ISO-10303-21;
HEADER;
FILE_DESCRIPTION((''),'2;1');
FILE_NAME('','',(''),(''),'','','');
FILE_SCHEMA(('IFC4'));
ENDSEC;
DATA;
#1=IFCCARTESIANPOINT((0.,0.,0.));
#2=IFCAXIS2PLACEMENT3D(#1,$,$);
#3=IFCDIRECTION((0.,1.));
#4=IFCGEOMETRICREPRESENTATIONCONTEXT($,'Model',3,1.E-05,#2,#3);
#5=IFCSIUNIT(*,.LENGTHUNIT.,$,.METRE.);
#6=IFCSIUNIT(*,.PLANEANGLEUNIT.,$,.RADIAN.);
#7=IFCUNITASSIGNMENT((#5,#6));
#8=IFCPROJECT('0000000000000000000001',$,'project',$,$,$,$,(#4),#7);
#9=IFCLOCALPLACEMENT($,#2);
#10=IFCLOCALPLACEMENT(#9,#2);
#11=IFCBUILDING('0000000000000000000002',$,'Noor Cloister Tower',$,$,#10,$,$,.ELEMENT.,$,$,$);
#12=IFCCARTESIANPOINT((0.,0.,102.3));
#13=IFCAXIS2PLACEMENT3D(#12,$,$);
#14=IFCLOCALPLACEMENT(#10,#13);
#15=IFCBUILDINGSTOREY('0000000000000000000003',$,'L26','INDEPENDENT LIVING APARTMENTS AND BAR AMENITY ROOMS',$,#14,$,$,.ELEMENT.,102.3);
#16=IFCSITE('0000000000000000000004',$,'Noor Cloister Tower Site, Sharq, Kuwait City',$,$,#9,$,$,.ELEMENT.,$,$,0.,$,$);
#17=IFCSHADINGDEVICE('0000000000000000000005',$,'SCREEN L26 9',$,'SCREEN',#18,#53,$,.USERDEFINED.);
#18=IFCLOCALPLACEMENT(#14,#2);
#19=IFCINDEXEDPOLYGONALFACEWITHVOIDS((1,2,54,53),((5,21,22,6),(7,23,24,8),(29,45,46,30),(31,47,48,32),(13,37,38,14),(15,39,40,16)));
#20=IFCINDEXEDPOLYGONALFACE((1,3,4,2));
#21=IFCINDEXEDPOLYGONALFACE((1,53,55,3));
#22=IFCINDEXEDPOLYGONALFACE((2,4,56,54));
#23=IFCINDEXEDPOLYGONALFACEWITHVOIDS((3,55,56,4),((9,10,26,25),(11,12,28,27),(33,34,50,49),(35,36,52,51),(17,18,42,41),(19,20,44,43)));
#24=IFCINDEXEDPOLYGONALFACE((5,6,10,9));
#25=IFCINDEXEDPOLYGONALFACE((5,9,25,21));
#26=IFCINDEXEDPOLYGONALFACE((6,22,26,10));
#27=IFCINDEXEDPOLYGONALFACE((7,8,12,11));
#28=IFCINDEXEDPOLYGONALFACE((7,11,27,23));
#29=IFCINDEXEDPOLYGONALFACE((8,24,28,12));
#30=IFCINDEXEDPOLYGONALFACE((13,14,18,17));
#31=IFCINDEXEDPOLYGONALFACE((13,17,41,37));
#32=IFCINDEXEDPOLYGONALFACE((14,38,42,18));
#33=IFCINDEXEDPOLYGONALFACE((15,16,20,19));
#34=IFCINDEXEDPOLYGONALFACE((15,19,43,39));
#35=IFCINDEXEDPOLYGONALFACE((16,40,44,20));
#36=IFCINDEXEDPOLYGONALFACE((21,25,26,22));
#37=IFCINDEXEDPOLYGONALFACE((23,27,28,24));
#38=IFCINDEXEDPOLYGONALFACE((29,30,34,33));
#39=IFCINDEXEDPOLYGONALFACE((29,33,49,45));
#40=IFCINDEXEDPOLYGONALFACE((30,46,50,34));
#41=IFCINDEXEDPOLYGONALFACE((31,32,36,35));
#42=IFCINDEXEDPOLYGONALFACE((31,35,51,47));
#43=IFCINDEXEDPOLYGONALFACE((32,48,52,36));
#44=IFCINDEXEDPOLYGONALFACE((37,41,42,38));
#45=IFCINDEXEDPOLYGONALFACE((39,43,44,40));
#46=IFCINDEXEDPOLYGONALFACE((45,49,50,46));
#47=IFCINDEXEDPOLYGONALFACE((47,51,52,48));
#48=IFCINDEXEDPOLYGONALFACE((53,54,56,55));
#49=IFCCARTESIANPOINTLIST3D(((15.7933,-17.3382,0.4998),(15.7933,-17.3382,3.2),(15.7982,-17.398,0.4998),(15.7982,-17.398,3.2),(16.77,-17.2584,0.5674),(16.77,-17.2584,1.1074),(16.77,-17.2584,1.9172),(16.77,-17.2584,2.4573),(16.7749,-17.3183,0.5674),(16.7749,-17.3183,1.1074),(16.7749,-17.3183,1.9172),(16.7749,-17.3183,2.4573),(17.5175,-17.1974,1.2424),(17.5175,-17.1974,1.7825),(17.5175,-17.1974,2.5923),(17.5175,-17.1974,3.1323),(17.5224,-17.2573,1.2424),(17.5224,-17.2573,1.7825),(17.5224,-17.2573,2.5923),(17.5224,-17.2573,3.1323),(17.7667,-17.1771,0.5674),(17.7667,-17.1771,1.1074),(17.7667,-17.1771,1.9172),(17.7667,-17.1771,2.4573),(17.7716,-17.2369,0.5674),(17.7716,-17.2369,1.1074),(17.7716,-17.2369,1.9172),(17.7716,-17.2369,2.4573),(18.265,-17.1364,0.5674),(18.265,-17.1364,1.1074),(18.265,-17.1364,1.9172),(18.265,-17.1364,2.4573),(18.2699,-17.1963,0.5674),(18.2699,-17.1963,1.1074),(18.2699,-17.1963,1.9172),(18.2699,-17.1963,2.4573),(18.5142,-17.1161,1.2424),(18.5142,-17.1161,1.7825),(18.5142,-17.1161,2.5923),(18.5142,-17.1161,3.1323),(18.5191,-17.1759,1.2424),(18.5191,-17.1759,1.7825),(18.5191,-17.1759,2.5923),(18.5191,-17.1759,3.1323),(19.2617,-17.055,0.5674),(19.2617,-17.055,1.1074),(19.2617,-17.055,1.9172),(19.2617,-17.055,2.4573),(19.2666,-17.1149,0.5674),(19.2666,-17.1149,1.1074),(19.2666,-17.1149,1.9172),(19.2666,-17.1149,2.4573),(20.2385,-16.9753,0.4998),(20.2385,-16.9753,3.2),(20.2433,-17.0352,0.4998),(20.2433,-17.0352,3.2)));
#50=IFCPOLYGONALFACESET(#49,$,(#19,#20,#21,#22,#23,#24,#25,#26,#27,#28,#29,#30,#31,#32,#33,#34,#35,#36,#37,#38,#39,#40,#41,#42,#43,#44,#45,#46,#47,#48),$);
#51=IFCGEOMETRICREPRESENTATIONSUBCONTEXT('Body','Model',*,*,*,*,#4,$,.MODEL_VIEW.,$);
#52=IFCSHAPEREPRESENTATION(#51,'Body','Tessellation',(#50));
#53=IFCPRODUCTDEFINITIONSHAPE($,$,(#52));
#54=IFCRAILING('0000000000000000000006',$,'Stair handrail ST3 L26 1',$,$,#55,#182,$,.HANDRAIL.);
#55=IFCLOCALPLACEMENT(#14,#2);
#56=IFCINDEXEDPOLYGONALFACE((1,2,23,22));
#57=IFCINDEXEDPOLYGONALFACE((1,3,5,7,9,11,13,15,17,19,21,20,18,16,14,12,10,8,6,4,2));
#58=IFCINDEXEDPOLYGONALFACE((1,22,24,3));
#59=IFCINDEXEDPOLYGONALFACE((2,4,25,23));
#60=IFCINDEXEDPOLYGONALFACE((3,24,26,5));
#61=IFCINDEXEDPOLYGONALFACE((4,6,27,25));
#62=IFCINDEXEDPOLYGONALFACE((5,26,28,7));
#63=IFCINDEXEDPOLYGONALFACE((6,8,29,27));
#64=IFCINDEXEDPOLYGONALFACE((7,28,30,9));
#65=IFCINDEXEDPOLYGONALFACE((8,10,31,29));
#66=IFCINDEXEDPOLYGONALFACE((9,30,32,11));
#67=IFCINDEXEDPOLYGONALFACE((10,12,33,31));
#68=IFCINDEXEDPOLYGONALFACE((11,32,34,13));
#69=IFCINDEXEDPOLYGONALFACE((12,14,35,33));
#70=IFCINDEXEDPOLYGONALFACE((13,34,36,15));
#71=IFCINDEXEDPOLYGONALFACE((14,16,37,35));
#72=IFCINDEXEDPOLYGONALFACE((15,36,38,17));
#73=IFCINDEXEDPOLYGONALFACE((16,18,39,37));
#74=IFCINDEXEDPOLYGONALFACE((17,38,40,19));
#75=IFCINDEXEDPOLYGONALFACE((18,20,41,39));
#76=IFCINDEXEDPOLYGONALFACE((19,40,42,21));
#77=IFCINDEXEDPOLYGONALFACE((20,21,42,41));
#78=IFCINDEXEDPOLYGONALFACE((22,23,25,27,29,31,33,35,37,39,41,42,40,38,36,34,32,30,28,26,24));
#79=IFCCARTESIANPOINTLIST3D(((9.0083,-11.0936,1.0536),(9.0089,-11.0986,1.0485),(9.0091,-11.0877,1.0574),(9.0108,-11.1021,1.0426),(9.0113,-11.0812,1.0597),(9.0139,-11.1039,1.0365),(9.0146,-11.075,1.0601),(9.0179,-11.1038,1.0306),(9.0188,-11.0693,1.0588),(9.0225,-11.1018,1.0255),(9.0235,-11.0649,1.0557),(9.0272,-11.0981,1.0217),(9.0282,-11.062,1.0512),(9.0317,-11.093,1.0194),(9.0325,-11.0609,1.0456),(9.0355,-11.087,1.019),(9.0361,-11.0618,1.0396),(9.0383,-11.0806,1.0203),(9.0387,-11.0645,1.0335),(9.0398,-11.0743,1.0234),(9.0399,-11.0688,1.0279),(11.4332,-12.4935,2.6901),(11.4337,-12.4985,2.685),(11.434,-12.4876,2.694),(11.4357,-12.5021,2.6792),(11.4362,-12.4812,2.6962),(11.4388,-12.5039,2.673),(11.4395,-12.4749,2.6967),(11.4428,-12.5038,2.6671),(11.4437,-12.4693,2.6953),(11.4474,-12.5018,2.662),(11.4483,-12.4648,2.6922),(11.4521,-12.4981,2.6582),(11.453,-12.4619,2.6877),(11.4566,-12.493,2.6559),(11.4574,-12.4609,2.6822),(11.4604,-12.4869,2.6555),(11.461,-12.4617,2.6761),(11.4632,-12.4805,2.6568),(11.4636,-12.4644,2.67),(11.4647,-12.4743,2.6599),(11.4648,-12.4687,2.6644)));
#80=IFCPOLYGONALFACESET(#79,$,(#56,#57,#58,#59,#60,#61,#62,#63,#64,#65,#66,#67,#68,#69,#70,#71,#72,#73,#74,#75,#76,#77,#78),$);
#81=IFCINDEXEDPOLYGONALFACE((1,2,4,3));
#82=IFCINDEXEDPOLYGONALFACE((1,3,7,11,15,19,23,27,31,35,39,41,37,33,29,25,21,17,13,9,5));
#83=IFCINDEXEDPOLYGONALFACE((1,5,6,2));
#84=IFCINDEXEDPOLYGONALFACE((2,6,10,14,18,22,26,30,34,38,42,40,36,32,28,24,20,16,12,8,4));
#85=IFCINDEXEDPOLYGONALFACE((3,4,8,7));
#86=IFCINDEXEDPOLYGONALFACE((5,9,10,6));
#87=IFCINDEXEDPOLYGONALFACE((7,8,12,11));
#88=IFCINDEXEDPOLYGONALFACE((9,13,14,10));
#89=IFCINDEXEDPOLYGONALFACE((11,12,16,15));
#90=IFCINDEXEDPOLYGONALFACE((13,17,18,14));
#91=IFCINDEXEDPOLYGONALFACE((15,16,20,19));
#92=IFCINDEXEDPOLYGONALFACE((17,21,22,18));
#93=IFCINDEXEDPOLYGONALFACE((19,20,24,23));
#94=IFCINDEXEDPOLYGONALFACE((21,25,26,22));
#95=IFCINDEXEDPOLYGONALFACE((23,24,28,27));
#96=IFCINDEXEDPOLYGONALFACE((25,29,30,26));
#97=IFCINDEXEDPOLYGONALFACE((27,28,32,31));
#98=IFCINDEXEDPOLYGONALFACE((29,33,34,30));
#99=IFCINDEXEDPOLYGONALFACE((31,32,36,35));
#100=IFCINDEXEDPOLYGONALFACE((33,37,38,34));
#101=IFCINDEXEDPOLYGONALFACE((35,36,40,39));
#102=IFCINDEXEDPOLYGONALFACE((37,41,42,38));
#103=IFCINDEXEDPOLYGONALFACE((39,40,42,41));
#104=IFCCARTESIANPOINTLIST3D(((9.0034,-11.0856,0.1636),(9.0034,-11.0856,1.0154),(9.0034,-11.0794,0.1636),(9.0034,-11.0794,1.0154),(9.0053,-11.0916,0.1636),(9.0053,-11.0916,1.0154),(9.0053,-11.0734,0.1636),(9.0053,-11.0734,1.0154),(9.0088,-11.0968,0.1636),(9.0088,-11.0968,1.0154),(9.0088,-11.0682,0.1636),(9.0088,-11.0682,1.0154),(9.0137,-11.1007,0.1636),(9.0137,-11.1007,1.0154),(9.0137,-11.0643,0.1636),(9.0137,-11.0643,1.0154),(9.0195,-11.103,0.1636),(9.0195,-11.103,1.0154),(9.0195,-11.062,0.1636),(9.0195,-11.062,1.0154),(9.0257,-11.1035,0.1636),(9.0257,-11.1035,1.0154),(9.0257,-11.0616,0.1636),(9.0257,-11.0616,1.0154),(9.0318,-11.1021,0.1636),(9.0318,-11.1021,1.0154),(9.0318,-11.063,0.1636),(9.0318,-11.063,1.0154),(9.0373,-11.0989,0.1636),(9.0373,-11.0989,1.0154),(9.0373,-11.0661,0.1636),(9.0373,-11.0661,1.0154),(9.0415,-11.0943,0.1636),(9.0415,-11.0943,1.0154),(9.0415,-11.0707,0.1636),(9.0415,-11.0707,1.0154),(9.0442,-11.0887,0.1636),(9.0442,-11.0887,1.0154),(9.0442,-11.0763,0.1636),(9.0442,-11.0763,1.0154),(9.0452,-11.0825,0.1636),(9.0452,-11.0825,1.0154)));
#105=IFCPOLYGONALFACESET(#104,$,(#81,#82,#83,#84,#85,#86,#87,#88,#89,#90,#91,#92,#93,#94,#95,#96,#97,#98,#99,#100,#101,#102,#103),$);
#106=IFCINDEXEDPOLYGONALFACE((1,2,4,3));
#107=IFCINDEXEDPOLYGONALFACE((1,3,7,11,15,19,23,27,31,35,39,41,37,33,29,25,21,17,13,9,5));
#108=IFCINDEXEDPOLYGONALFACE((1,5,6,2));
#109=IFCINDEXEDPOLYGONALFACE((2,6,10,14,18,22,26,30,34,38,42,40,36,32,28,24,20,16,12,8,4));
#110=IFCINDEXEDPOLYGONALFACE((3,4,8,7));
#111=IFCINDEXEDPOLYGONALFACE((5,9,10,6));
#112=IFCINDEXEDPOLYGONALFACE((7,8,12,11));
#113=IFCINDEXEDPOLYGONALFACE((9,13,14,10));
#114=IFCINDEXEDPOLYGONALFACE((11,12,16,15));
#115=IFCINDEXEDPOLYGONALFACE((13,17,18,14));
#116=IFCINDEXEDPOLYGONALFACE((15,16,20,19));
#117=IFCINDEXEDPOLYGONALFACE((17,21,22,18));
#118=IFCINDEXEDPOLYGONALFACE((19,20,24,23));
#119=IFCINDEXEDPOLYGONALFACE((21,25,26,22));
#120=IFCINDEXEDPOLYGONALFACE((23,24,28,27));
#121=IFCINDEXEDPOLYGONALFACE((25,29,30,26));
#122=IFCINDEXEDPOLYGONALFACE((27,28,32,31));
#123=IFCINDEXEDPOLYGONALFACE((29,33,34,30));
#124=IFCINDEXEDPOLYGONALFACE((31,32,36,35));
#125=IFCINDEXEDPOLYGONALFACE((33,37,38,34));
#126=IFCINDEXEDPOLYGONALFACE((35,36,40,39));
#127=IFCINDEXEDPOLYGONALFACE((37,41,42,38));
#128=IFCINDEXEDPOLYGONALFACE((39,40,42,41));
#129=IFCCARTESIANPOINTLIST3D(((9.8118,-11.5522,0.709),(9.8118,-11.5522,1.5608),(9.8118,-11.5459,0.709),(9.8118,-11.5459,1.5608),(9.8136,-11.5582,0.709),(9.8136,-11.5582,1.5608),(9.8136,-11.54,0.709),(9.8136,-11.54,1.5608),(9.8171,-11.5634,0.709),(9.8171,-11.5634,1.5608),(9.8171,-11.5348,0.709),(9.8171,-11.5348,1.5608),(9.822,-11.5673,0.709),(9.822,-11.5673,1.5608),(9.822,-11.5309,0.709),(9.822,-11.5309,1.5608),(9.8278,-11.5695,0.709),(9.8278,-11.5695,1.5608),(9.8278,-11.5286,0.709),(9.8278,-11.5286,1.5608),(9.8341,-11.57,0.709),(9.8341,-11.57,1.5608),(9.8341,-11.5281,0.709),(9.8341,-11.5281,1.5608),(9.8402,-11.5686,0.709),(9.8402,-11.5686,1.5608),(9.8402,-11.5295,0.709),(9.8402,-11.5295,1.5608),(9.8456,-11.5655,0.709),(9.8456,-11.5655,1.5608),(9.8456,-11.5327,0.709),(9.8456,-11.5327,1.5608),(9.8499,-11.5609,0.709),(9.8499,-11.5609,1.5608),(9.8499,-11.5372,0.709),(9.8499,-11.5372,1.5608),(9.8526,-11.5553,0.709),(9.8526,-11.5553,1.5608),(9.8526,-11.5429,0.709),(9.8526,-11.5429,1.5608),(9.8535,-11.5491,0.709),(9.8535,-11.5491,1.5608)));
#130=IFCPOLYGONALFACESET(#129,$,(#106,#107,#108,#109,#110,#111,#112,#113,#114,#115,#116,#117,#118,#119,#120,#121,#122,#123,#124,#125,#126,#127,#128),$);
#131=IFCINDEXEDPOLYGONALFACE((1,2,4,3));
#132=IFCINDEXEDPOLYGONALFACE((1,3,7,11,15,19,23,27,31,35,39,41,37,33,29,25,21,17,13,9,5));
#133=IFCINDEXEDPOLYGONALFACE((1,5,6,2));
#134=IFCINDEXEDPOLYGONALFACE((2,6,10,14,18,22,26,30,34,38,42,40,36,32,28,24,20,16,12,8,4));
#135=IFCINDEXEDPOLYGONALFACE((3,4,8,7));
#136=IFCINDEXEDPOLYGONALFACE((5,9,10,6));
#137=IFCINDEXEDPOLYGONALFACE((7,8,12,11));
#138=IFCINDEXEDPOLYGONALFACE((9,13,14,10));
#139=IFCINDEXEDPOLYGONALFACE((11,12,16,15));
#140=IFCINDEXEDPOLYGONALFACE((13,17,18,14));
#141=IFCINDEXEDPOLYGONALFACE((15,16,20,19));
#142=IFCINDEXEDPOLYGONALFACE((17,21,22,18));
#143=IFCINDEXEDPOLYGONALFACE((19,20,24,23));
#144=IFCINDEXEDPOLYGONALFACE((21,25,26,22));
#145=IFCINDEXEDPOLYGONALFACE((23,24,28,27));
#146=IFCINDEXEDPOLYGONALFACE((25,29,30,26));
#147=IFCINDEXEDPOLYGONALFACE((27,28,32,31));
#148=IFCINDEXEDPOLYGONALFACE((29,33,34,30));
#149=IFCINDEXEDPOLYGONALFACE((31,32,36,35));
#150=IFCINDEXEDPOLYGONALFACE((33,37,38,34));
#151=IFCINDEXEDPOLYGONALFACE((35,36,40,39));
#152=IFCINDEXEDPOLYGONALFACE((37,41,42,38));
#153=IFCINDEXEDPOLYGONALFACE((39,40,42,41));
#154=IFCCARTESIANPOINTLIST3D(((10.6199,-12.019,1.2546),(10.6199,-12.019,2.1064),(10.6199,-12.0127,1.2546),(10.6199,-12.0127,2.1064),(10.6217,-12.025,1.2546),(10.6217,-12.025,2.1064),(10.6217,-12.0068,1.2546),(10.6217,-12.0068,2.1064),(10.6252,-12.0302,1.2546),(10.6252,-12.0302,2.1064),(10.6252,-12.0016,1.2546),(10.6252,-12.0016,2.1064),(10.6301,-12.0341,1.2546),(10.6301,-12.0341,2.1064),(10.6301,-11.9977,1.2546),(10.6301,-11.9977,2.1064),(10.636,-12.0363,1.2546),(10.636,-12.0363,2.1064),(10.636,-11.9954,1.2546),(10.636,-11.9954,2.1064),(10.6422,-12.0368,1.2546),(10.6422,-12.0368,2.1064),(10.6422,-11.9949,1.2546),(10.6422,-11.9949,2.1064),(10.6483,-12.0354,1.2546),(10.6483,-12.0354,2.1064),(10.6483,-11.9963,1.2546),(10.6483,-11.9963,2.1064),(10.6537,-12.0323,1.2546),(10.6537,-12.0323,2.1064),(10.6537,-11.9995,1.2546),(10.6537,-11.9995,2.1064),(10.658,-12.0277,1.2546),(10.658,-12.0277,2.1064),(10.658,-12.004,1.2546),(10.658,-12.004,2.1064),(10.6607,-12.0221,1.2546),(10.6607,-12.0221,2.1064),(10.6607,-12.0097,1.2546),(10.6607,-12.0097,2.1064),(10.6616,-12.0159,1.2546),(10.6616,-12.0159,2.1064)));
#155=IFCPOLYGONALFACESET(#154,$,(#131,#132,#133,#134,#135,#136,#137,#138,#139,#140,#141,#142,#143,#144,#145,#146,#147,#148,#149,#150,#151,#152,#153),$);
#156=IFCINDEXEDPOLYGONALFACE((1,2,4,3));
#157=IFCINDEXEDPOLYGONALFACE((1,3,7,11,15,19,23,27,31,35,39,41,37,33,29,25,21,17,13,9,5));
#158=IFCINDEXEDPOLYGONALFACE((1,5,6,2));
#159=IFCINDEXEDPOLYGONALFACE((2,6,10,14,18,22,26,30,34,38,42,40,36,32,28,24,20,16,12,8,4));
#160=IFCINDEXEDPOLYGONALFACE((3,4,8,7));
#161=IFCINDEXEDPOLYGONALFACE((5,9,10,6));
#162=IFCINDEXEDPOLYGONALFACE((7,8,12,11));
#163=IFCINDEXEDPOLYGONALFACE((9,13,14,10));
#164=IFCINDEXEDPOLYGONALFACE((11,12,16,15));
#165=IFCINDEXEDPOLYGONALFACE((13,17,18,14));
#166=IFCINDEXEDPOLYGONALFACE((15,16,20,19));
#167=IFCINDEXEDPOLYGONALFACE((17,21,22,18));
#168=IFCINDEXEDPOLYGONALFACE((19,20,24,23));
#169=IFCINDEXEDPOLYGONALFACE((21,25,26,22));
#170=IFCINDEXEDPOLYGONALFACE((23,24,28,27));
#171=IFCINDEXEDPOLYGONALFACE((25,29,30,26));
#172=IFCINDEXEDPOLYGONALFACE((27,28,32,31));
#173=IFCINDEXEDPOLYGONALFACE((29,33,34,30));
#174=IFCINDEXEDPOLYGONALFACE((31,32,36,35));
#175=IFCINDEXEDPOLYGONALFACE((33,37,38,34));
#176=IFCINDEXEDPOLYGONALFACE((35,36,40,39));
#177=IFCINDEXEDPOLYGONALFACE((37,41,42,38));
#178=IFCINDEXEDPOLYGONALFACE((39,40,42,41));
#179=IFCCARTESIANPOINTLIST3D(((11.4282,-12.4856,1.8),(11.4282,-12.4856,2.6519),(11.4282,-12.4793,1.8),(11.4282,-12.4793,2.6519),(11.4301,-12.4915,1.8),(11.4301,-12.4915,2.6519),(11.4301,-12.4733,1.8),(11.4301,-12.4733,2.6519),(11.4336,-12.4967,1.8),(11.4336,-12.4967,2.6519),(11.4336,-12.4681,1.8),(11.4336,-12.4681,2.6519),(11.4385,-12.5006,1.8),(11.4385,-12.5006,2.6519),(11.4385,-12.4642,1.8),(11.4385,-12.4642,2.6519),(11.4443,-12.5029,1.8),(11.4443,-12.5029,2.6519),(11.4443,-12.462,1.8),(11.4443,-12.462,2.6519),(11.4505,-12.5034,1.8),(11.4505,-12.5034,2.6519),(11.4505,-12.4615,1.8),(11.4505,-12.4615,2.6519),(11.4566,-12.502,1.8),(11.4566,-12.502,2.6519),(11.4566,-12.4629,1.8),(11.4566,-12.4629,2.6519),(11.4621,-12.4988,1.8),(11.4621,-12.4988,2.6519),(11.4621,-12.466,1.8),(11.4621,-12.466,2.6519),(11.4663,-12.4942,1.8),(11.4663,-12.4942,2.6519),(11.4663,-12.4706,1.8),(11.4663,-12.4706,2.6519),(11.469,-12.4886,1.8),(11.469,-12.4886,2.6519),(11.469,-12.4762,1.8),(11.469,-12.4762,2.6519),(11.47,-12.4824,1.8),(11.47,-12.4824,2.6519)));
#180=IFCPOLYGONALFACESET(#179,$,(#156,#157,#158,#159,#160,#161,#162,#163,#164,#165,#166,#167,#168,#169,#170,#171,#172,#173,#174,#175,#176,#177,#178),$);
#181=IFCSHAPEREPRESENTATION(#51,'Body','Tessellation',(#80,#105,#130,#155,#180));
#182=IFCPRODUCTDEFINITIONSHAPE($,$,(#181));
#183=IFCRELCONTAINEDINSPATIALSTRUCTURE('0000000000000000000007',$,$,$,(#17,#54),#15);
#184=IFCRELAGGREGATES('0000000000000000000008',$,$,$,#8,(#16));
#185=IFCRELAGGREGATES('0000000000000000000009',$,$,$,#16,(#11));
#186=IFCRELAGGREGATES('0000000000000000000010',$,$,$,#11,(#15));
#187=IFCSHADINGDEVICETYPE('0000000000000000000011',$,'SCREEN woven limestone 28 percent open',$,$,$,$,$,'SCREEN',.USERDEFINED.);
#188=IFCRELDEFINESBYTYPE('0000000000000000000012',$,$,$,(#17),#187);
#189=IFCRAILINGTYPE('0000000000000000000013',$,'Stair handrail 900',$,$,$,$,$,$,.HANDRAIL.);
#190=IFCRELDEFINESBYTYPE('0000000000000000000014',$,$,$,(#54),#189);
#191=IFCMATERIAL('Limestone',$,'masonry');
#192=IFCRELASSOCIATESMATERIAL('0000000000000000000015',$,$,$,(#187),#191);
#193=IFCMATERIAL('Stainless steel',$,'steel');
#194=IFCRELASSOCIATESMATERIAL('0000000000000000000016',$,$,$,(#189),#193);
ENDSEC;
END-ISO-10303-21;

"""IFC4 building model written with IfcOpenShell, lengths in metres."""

from ifc_helpers import new_model, si_unit, direction, frame, origin, origin_2d, place, context, subcontext, project, spatial, polyline, circle, outline, extrude, material, material_profile, profile_set, type_object, element, save


model = new_model("IFC4")

# Units and contexts
model_context = context("Model", 3, precision=1e-05, world=origin(), true_north=direction((0.0, 1.0)))
body_context = subcontext(model_context, "Body", "Model", "MODEL_VIEW")
ifc_project = project(units=[si_unit("LENGTHUNIT", "METRE"), si_unit("PLANEANGLEUNIT", "RADIAN")], contexts=[model_context])

# Site, building, storey
site_placement = place(None, origin())
site = spatial("IfcSite", under=ifc_project, at=site_placement, Name="Noor Cloister Tower Site, Sharq, Kuwait City", CompositionType="ELEMENT", RefElevation=0.0)
building_placement = place(site_placement, origin())
building = spatial("IfcBuilding", under=site, at=building_placement, Name="Noor Cloister Tower", CompositionType="ELEMENT")
storey_placement = place(building_placement, frame((0.0, 0.0, 102.3)))
storey = spatial("IfcBuildingStorey", under=building, at=storey_placement, Name="L26", Description="INDEPENDENT LIVING APARTMENTS AND BAR AMENITY ROOMS", CompositionType="ELEMENT", Elevation=102.3)

# Shading device
ifc_material_1 = material(Name="Limestone", Category="masonry")
ifc_material_profile_1 = material_profile(ifc_material_1, outline(polyline([(-2.23, -1.3501), (2.23, -1.3501), (2.23, 1.3501), (-2.23, 1.3501), (-2.23, -1.3501)]), holes=[polyline([(-1.25, -1.2825), (-0.25, -1.2825), (-0.25, -0.7424), (-1.25, -0.7424), (-1.25, -1.2825)]), polyline([(0.25, -1.2825), (1.25, -1.2825), (1.25, -0.7424), (0.25, -0.7424), (0.25, -1.2825)]), polyline([(-0.5, -0.6074), (0.5, -0.6074), (0.5, -0.0674), (-0.5, -0.0674), (-0.5, -0.6074)]), polyline([(-1.25, 0.0674), (-0.25, 0.0674), (-0.25, 0.6074), (-1.25, 0.6074), (-1.25, 0.0674)]), polyline([(0.25, 0.0674), (1.25, 0.0674), (1.25, 0.6074), (0.25, 0.6074), (0.25, 0.0674)]), polyline([(-0.5, 0.7424), (0.5, 0.7424), (0.5, 1.2825), (-0.5, 1.2825), (-0.5, 0.7424)])]), Name="Woven screen 28 percent open")
ifc_profile_set_1 = profile_set([ifc_material_profile_1], Name="Limestone")
shading_device_type = type_object("IfcShadingDeviceType", Name="SCREEN woven limestone 28 percent open", ElementType="SCREEN", PredefinedType="USERDEFINED", material=ifc_profile_set_1)
shading_device_1_placement = place(storey_placement, frame((18.0159, -17.1567, 1.8499), z_axis=(0.081362, -0.996685, 0.0), x_axis=(0.996685, 0.081362, 0.0)))
element("IfcShadingDevice", 1, at=shading_device_1_placement, inside=storey, type_object=shading_device_type, Name="SCREEN L26 9", ObjectType="SCREEN", PredefinedType="USERDEFINED", context=body_context, shape_type="SweptSolid", body=[
    extrude(outline(polyline([(-2.23, -1.3501), (2.23, -1.3501), (2.23, 1.3501), (-2.23, 1.3501), (-2.23, -1.3501)]), holes=[polyline([(-1.25, -1.2825), (-0.25, -1.2825), (-0.25, -0.7424), (-1.25, -0.7424), (-1.25, -1.2825)]), polyline([(0.25, -1.2825), (1.25, -1.2825), (1.25, -0.7424), (0.25, -0.7424), (0.25, -1.2825)]), polyline([(-0.5, -0.6074), (0.5, -0.6074), (0.5, -0.0674), (-0.5, -0.0674), (-0.5, -0.6074)]), polyline([(-1.25, 0.0674), (-0.25, 0.0674), (-0.25, 0.6074), (-1.25, 0.6074), (-1.25, 0.0674)]), polyline([(0.25, 0.0674), (1.25, 0.0674), (1.25, 0.6074), (0.25, 0.6074), (0.25, 0.0674)]), polyline([(-0.5, 0.7424), (0.5, 0.7424), (0.5, 1.2825), (-0.5, 1.2825), (-0.5, 0.7424)])]), origin(), (0.0, 0.0, 1.0), 0.0601),
])

# Railing
ifc_material_2 = material(Name="Stainless steel", Category="steel")
railing_type_1 = type_object("IfcRailingType", Name="Stair handrail 900", PredefinedType="HANDRAIL", material=ifc_material_2)
railing_1_placement = place(storey_placement, frame((9.0242, -11.0825, 0.1636)))
element("IfcRailing", 2, at=railing_1_placement, inside=storey, type_object=railing_type_1, Name="Stair handrail ST3 L26 1", PredefinedType="HANDRAIL", context=body_context, shape_type="SweptSolid", body=[
    extrude(circle(Radius=0.0239, at=origin_2d()), frame((0.0, 0.0, 0.876), z_axis=(0.74769, -0.431661, 0.504608), x_axis=(0.499984, 0.866035, 0.0)), (0.0, 0.0, 1.0), 3.2432),
    extrude(circle(Radius=0.021, at=origin_2d()), origin(), (0.0, 0.0, 1.0), 0.8518),
    extrude(circle(Radius=0.021, at=origin_2d()), frame((0.8083, -0.4666, 0.5454)), (0.0, 0.0, 1.0), 0.8518),
    extrude(circle(Radius=0.021, at=origin_2d()), frame((1.6165, -0.9333, 1.0911)), (0.0, 0.0, 1.0), 0.8518),
    extrude(circle(Radius=0.021, at=origin_2d()), frame((2.4248, -1.3999, 1.6365)), (0.0, 0.0, 1.0), 0.8518),
])

save(model, "model.ifc")
